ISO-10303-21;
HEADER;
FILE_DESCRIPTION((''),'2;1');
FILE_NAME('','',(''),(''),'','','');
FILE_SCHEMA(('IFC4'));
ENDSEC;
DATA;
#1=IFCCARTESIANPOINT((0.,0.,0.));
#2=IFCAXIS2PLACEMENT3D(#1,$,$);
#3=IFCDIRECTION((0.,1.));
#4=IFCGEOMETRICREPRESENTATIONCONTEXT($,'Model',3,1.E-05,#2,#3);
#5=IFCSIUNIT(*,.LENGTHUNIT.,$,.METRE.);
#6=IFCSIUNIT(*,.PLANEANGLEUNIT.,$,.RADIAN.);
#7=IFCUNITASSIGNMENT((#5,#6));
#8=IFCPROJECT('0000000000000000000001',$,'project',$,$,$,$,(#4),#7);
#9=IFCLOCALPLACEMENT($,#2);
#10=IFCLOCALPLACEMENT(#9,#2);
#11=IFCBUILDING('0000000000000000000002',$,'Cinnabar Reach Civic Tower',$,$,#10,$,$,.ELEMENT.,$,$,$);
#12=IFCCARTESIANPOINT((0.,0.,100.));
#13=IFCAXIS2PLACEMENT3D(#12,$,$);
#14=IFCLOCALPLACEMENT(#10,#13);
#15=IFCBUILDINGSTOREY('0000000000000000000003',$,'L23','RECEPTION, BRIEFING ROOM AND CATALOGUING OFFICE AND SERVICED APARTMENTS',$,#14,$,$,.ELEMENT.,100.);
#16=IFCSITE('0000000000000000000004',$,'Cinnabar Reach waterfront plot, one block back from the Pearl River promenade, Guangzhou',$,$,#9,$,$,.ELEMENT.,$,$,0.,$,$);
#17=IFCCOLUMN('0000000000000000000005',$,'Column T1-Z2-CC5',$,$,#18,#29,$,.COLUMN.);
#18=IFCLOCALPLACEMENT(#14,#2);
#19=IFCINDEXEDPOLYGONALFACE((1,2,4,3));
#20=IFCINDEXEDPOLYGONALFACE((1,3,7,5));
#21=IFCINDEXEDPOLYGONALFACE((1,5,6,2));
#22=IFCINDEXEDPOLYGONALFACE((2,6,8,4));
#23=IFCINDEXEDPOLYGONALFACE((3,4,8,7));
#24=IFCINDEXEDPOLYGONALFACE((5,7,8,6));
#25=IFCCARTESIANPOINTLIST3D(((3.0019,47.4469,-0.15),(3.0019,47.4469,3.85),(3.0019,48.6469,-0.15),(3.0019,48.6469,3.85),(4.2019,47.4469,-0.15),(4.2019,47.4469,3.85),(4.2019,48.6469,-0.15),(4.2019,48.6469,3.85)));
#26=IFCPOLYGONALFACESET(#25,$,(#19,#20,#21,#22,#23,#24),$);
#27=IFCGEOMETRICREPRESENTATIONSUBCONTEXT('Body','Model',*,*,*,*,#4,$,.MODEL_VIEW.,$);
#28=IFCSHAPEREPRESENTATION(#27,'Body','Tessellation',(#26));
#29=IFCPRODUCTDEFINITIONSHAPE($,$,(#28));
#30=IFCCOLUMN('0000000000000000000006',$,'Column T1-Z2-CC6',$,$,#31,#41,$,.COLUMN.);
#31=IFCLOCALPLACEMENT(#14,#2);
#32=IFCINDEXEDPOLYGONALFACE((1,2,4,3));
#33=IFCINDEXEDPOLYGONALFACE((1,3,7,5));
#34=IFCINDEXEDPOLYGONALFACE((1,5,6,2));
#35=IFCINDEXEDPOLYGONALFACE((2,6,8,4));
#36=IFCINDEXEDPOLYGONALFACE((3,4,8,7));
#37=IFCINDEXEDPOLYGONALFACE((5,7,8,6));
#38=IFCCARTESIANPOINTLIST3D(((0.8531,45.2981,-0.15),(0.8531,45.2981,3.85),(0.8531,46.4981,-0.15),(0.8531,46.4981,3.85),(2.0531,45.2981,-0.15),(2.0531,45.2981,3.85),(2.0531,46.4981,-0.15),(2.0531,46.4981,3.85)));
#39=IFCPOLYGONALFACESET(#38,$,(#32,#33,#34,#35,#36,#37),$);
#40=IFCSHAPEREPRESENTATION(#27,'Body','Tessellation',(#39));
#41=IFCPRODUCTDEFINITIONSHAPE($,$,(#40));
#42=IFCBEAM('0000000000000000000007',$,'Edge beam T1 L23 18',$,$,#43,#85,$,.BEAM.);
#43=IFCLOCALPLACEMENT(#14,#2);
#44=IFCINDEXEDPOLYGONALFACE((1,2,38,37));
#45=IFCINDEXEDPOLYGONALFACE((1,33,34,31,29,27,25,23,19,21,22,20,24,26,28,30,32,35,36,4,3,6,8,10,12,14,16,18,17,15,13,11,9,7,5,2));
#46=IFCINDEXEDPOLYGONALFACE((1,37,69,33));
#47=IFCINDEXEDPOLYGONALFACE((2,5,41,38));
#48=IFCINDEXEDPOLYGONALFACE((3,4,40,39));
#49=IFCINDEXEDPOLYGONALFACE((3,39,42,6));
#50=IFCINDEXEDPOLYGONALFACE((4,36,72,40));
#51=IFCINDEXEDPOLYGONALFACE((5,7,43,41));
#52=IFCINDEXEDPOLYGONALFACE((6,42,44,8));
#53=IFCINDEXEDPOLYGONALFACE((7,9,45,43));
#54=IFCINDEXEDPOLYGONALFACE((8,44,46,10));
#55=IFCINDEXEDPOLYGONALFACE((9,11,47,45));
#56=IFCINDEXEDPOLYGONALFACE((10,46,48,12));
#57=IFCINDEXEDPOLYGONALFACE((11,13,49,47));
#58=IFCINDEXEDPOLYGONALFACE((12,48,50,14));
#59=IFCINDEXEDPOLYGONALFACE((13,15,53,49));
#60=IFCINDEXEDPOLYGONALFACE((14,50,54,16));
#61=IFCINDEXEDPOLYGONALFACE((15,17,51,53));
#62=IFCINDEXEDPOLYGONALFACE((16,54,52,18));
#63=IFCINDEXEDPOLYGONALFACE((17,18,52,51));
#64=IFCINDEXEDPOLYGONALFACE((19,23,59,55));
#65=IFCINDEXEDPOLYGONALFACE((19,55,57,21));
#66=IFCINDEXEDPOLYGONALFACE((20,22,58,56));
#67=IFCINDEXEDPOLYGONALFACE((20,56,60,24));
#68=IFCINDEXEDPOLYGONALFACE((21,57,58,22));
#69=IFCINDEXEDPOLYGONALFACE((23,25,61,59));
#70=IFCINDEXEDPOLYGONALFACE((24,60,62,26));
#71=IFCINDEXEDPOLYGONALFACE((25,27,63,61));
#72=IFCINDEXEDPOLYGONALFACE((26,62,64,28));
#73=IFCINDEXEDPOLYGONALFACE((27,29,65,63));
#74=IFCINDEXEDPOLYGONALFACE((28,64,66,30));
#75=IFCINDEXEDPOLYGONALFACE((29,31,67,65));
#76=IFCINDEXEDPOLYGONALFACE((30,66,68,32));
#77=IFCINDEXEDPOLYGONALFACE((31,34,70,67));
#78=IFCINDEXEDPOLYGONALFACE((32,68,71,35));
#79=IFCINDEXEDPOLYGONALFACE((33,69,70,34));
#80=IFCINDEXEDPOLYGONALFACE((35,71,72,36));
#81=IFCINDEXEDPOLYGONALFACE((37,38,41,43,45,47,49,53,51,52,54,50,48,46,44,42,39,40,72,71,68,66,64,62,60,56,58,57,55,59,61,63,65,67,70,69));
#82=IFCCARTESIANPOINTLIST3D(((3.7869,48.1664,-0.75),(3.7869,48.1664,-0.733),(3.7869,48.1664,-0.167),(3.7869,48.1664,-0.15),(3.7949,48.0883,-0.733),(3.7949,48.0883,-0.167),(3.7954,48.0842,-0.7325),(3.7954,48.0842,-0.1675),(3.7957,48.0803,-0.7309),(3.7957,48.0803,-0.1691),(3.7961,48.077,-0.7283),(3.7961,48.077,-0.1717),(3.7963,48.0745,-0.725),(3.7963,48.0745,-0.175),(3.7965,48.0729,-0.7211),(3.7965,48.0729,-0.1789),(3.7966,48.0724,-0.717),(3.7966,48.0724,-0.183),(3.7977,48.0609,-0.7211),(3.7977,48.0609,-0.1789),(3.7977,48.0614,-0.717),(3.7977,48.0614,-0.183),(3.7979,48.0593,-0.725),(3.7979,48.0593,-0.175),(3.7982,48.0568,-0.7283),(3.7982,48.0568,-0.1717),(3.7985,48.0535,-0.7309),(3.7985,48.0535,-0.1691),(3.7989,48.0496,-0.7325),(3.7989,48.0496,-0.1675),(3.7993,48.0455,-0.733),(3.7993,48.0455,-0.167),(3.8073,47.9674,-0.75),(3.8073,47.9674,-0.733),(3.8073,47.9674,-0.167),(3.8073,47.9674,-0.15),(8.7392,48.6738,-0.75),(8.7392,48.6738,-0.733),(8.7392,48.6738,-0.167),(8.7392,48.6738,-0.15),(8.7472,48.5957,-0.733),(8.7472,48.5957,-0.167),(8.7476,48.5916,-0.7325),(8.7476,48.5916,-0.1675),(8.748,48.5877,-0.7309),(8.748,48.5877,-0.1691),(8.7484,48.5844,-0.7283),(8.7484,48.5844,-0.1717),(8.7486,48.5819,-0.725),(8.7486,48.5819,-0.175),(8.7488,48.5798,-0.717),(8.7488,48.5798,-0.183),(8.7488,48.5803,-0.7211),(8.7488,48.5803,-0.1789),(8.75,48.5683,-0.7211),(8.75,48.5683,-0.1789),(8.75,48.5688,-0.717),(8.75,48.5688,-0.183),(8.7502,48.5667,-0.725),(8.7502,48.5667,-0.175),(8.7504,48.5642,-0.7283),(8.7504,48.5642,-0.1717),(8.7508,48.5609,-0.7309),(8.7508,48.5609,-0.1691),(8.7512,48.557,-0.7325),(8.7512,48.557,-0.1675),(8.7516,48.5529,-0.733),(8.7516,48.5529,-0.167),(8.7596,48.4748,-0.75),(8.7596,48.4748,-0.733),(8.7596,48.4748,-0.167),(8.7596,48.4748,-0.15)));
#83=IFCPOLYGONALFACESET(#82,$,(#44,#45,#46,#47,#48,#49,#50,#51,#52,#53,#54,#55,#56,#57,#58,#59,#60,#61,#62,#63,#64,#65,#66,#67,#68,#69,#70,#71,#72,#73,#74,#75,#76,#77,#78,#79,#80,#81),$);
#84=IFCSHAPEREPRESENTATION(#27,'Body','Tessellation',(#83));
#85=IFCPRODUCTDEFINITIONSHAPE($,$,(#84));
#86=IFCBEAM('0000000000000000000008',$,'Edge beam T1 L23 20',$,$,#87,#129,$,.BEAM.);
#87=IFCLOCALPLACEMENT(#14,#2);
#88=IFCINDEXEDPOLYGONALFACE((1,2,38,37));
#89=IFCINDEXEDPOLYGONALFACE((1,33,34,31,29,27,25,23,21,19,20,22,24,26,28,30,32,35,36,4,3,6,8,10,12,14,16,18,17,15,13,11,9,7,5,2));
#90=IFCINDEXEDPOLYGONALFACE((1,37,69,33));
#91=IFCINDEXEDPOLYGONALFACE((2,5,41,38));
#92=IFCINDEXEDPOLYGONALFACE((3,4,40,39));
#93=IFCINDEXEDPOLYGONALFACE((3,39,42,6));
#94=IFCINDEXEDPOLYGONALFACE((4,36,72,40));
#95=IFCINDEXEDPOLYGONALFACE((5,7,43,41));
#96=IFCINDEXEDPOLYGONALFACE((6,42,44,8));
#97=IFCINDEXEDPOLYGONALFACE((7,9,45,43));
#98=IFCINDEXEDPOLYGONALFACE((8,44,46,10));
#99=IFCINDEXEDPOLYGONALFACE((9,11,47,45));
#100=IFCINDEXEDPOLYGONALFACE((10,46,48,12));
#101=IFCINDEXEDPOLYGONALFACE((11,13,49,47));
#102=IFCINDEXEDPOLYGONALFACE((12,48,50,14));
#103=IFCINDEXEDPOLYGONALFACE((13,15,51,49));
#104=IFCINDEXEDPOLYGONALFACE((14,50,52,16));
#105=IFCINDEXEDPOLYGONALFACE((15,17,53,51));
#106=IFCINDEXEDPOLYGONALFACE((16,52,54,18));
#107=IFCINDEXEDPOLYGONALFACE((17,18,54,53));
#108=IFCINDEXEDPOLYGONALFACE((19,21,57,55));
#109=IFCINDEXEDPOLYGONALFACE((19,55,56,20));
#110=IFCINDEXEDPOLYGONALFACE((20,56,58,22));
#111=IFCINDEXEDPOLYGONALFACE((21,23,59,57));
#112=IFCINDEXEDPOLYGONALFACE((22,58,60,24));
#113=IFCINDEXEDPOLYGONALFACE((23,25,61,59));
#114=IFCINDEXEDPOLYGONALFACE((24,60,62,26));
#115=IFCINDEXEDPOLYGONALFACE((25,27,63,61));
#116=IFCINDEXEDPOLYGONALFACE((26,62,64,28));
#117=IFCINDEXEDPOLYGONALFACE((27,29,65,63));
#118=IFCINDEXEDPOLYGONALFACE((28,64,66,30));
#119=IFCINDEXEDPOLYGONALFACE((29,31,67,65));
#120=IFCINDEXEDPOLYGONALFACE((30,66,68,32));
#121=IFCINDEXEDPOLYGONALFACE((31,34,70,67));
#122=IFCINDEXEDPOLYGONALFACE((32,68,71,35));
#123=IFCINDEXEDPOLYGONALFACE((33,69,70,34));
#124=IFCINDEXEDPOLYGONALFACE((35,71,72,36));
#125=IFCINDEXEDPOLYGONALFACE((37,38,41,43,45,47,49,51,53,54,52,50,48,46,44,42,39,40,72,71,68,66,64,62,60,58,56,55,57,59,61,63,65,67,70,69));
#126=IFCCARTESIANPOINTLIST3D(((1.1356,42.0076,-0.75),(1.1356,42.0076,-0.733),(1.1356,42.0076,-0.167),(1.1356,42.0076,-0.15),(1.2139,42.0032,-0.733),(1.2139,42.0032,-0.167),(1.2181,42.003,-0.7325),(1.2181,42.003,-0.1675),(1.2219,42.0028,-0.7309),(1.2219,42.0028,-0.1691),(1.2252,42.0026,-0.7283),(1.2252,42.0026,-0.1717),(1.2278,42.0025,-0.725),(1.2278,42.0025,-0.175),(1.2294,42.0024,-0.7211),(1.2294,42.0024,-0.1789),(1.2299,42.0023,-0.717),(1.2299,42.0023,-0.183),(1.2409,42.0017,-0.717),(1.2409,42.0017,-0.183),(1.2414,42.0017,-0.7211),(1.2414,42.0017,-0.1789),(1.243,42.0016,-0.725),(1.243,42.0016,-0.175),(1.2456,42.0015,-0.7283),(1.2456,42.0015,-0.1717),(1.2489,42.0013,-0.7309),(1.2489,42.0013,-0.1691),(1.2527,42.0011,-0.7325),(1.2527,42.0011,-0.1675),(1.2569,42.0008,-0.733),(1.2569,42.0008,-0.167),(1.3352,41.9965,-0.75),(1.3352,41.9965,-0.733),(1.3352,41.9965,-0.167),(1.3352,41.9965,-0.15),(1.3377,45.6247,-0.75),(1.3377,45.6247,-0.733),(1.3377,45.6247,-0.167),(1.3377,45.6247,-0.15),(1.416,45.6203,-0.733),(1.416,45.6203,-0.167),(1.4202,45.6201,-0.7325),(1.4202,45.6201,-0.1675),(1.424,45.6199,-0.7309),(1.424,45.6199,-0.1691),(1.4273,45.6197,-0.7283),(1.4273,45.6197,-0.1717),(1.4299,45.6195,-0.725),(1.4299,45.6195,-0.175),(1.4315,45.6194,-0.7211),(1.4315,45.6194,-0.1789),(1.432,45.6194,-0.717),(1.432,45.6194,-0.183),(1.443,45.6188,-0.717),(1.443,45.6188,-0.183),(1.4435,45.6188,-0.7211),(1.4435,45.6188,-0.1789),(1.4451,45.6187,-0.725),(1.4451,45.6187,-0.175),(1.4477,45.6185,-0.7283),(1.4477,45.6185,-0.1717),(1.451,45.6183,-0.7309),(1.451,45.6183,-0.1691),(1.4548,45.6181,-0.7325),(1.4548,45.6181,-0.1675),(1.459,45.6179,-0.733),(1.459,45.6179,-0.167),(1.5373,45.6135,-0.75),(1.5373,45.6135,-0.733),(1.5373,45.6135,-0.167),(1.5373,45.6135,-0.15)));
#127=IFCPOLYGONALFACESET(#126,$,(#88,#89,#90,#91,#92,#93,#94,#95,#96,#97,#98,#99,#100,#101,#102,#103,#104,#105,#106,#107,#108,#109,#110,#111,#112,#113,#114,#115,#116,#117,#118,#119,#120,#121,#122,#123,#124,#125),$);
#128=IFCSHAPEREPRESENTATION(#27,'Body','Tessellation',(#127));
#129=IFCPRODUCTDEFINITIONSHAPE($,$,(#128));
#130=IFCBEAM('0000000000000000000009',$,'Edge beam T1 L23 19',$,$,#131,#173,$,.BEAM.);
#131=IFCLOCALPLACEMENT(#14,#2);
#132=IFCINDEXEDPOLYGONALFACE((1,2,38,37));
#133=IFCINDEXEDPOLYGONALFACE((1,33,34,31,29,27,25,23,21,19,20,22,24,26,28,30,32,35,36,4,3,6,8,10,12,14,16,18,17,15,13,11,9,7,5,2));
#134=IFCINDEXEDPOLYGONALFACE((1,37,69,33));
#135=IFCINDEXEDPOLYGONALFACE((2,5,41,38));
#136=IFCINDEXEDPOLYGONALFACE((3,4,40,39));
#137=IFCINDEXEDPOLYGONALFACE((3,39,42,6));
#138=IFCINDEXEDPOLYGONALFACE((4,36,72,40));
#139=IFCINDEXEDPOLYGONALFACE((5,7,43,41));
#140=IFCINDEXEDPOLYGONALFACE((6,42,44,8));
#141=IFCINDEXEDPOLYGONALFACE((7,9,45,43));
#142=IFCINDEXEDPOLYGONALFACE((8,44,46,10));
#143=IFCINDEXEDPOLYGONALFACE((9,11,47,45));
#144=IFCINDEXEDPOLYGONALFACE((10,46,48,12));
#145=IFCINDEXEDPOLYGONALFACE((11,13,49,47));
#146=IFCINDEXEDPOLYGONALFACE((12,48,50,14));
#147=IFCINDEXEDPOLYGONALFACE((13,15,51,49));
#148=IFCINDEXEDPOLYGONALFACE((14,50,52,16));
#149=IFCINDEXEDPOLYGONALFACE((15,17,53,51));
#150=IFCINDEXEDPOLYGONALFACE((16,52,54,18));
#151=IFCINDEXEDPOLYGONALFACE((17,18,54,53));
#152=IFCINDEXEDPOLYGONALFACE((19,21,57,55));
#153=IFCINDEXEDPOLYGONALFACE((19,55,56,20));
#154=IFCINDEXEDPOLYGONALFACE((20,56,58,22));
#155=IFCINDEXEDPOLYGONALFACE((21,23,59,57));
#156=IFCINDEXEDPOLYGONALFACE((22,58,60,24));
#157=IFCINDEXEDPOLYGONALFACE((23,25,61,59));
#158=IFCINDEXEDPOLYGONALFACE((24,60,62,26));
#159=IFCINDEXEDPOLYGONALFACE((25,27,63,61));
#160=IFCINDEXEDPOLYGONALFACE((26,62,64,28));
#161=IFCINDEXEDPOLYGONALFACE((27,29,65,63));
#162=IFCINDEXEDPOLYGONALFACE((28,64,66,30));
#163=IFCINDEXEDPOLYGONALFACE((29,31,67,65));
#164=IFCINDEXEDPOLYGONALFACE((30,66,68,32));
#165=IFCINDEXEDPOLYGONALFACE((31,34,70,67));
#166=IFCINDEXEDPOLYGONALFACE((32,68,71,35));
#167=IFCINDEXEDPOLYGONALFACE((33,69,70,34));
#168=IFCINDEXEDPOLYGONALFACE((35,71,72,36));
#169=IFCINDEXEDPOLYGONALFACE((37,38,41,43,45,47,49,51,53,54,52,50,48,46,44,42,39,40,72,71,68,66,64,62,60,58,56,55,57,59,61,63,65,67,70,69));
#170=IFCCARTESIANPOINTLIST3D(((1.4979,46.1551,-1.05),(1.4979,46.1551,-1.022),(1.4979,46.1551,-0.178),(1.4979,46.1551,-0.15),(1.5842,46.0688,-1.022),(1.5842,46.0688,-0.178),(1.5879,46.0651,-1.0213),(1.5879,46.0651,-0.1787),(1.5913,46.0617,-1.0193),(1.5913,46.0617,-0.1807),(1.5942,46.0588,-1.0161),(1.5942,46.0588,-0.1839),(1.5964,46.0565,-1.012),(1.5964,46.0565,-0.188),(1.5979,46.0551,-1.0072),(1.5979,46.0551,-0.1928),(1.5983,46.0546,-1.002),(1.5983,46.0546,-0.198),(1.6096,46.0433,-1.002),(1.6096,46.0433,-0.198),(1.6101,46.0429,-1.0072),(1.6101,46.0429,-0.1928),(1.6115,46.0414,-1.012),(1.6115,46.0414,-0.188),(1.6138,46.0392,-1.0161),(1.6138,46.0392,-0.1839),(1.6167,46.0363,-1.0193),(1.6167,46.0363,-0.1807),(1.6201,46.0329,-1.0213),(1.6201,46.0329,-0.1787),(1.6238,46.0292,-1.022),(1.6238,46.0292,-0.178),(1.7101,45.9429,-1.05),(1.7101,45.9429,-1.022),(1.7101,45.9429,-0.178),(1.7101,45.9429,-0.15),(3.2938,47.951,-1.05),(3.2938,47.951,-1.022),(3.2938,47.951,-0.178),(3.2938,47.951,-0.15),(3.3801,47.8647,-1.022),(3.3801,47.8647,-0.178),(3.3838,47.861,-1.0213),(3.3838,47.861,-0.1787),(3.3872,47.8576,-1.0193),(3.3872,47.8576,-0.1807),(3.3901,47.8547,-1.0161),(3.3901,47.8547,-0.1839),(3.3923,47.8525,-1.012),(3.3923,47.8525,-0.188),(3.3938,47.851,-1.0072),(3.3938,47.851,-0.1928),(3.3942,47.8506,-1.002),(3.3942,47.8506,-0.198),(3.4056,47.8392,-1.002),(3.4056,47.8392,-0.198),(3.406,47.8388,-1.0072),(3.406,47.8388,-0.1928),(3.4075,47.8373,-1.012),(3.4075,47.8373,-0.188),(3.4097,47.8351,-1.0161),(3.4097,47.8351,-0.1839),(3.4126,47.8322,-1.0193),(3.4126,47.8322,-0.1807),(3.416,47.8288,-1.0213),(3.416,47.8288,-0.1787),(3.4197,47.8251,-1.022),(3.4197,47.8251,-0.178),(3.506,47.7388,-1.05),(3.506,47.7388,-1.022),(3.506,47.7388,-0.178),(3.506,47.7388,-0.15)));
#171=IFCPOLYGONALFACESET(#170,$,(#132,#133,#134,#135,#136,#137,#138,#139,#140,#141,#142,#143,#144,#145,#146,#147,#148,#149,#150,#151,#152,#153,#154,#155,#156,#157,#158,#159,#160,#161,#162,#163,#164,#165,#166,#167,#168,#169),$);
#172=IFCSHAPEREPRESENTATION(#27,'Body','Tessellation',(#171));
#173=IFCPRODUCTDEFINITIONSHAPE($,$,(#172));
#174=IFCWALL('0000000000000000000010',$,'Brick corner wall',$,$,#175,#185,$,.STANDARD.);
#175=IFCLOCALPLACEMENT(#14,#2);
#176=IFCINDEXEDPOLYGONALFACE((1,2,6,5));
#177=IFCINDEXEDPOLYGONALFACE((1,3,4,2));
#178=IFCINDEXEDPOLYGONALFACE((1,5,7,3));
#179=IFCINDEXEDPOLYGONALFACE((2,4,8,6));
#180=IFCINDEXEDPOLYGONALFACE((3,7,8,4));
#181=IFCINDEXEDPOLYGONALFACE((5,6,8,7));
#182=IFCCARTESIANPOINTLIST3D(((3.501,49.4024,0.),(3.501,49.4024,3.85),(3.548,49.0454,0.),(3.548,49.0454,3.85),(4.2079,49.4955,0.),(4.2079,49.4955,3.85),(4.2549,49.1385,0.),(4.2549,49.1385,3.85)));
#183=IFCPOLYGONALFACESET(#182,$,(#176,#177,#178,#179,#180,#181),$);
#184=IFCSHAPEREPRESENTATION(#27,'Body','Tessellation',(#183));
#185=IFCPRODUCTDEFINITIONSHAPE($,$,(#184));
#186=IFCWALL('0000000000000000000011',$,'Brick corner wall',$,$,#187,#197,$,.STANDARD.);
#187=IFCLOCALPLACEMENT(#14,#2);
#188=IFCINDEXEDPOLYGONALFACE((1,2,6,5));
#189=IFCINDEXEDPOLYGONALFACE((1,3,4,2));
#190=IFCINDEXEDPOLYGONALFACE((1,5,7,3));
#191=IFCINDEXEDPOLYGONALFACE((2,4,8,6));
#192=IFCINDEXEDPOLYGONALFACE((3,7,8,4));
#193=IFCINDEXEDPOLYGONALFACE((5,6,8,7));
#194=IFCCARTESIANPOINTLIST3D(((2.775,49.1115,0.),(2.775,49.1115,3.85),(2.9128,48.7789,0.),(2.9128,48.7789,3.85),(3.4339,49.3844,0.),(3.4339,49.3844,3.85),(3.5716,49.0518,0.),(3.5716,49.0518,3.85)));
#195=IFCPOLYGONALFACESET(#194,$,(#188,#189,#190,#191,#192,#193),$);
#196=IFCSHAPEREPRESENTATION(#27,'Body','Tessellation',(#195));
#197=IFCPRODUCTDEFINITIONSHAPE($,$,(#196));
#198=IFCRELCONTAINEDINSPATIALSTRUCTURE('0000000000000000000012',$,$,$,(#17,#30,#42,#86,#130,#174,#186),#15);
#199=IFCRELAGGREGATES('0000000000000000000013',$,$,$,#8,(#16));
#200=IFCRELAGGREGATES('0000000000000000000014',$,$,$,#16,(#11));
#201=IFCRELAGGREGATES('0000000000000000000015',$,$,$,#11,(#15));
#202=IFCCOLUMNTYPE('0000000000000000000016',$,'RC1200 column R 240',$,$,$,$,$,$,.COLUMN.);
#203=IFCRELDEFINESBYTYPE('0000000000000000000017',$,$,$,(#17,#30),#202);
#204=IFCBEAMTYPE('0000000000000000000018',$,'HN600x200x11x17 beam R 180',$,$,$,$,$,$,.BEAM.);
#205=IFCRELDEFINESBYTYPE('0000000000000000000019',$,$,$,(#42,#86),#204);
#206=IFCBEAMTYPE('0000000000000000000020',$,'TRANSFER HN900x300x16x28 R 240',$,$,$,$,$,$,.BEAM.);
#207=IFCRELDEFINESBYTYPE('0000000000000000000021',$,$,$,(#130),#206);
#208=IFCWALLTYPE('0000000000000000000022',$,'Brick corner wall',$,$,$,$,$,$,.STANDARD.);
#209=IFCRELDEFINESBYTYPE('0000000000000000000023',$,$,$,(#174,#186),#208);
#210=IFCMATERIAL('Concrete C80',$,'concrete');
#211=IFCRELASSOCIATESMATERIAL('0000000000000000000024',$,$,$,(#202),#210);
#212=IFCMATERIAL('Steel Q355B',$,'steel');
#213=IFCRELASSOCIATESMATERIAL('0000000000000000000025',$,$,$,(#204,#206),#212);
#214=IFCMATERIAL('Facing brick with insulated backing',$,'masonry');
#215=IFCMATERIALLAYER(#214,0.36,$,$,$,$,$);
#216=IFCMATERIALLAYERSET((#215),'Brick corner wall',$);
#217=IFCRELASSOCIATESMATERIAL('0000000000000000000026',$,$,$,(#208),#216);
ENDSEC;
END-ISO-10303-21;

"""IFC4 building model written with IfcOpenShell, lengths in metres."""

from ifc_helpers import new_model, si_unit, direction, frame, frame_2d, origin, origin_2d, place, context, subcontext, project, spatial, rectangle, i_section, extrude, material, layer, layer_set, material_profile, profile_set, type_object, element, save


model = new_model("IFC4")

# Units and contexts
model_context = context("Model", 3, precision=1e-05, world=origin(), true_north=direction((0.0, 1.0)))
body_context = subcontext(model_context, "Body", "Model", "MODEL_VIEW")
ifc_project = project(units=[si_unit("LENGTHUNIT", "METRE"), si_unit("PLANEANGLEUNIT", "RADIAN")], contexts=[model_context])

# Site, building, storey
site_placement = place(None, origin())
site = spatial("IfcSite", under=ifc_project, at=site_placement, Name="Cinnabar Reach waterfront plot, one block back from the Pearl River promenade, Guangzhou", CompositionType="ELEMENT", RefElevation=0.0)
building_placement = place(site_placement, origin())
building = spatial("IfcBuilding", under=site, at=building_placement, Name="Cinnabar Reach Civic Tower", CompositionType="ELEMENT")
storey_placement = place(building_placement, frame((0.0, 0.0, 100.0)))
storey = spatial("IfcBuildingStorey", under=building, at=storey_placement, Name="L23", Description="RECEPTION, BRIEFING ROOM AND CATALOGUING OFFICE AND SERVICED APARTMENTS", CompositionType="ELEMENT", Elevation=100.0)

# Columns
ifc_material_1 = material(Name="Concrete C80", Category="concrete")
ifc_material_profile_1 = material_profile(ifc_material_1, rectangle(XDim=1.2, YDim=1.2, at=origin_2d()), Name="RC1200")
ifc_profile_set_1 = profile_set([ifc_material_profile_1], Name="Concrete C80")
column_type = type_object("IfcColumnType", Name="RC1200 column R 240", PredefinedType="COLUMN", material=ifc_profile_set_1)
for number, where, z_axis, x_axis, name in (
    (1, (3.6019, 48.0469, -0.15), (0.0, 0.0, 1.0), (1.0, 0.0, 0.0), "Column T1-Z2-CC5"),
    (2, (1.4531, 45.8981, -0.15), (0.0, 0.0, 1.0), (1.0, 0.0, 0.0), "Column T1-Z2-CC6"),
):
    element("IfcColumn", number, at=place(storey_placement, frame(where, z_axis=z_axis, x_axis=x_axis)), inside=storey, type_object=column_type, Name=name, PredefinedType="COLUMN", context=body_context, shape_type="SweptSolid", body=[
        extrude(rectangle(XDim=1.2, YDim=1.2, at=origin_2d()), origin(), (0.0, 0.0, 1.0), 4.0),
    ])

# Beams
ifc_material_2 = material(Name="Steel Q355B", Category="steel")
ifc_material_profile_2 = material_profile(ifc_material_2, i_section(OverallWidth=0.2, OverallDepth=0.6, WebThickness=0.011, FlangeThickness=0.017, FilletRadius=0.016, at=origin_2d()), Name="HN600x200x11x17")
ifc_profile_set_2 = profile_set([ifc_material_profile_2], Name="Steel Q355B")
beam_type_1 = type_object("IfcBeamType", Name="HN600x200x11x17 beam R 180", PredefinedType="BEAM", material=ifc_profile_set_2)
beam_1_placement = place(storey_placement, frame((8.7494, 48.5743, -0.45), z_axis=(-0.994792, -0.101924, 0.0), x_axis=(0.101924, -0.994792, 0.0)))
element("IfcBeam", 3, at=beam_1_placement, inside=storey, type_object=beam_type_1, Name="Edge beam T1 L23 18", PredefinedType="BEAM", context=body_context, shape_type="SweptSolid", body=[
    extrude(i_section(OverallWidth=0.2, OverallDepth=0.6, WebThickness=0.011, FlangeThickness=0.017, FilletRadius=0.016, at=origin_2d()), origin(), (0.0, 0.0, 1.0), 4.9782),
])
beam_2_placement = place(storey_placement, frame((1.4375, 45.6191, -0.45), z_axis=(-0.055786, -0.998443, 0.0), x_axis=(0.998443, -0.055786, 0.0)))
element("IfcBeam", 4, at=beam_2_placement, inside=storey, type_object=beam_type_1, Name="Edge beam T1 L23 20", PredefinedType="BEAM", context=body_context, shape_type="SweptSolid", body=[
    extrude(i_section(OverallWidth=0.2, OverallDepth=0.6, WebThickness=0.011, FlangeThickness=0.017, FilletRadius=0.016, at=origin_2d()), origin(), (0.0, 0.0, 1.0), 3.6227),
])
ifc_material_profile_3 = material_profile(ifc_material_2, i_section(OverallWidth=0.3, OverallDepth=0.9, WebThickness=0.016, FlangeThickness=0.028, FilletRadius=0.02, at=origin_2d()), Name="HN900x300x16x28")
ifc_profile_set_3 = profile_set([ifc_material_profile_3], Name="Steel Q355B")
beam_type_2 = type_object("IfcBeamType", Name="TRANSFER HN900x300x16x28 R 240", PredefinedType="BEAM", material=ifc_profile_set_3)
beam_3_placement = place(storey_placement, frame((3.3999, 47.8449, -0.6), z_axis=(-0.707107, -0.707107, 0.0), x_axis=(0.707107, -0.707107, 0.0)))
element("IfcBeam", 5, at=beam_3_placement, inside=storey, type_object=beam_type_2, Name="Edge beam T1 L23 19", PredefinedType="BEAM", context=body_context, shape_type="SweptSolid", body=[
    extrude(i_section(OverallWidth=0.3, OverallDepth=0.9, WebThickness=0.016, FlangeThickness=0.028, FilletRadius=0.02, at=origin_2d()), origin(), (0.0, 0.0, 1.0), 2.5398),
])

# Walls
ifc_material_3 = material(Name="Facing brick with insulated backing", Category="masonry")
ifc_layer_1 = layer(ifc_material_3, 0.36)
ifc_layer_set_1 = layer_set([ifc_layer_1], Name="Brick corner wall")
wall_type_1 = type_object("IfcWallType", Name="Brick corner wall", PredefinedType="STANDARD", material=ifc_layer_set_1)
for number, where, z_axis, x_axis, name in (
    (6, (4.2314, 49.317, 0.0), (0.0, 0.0, 1.0), (-0.991441, -0.130556, 0.0), "Brick corner wall"),
    (7, (3.5027, 49.2181, 0.0), (0.0, 0.0, 1.0), (-0.923872, -0.382703, 0.0), "Brick corner wall"),
):
    element("IfcWall", number, at=place(storey_placement, frame(where, z_axis=z_axis, x_axis=x_axis)), inside=storey, type_object=wall_type_1, Name=name, PredefinedType="STANDARD", context=body_context, shape_type="SweptSolid", body=[
        extrude(rectangle(XDim=0.7131, YDim=0.36, at=frame_2d((0.3565, 0.0))), origin(), (0.0, 0.0, 1.0), 3.85),
    ])

save(model, "model.ifc")
